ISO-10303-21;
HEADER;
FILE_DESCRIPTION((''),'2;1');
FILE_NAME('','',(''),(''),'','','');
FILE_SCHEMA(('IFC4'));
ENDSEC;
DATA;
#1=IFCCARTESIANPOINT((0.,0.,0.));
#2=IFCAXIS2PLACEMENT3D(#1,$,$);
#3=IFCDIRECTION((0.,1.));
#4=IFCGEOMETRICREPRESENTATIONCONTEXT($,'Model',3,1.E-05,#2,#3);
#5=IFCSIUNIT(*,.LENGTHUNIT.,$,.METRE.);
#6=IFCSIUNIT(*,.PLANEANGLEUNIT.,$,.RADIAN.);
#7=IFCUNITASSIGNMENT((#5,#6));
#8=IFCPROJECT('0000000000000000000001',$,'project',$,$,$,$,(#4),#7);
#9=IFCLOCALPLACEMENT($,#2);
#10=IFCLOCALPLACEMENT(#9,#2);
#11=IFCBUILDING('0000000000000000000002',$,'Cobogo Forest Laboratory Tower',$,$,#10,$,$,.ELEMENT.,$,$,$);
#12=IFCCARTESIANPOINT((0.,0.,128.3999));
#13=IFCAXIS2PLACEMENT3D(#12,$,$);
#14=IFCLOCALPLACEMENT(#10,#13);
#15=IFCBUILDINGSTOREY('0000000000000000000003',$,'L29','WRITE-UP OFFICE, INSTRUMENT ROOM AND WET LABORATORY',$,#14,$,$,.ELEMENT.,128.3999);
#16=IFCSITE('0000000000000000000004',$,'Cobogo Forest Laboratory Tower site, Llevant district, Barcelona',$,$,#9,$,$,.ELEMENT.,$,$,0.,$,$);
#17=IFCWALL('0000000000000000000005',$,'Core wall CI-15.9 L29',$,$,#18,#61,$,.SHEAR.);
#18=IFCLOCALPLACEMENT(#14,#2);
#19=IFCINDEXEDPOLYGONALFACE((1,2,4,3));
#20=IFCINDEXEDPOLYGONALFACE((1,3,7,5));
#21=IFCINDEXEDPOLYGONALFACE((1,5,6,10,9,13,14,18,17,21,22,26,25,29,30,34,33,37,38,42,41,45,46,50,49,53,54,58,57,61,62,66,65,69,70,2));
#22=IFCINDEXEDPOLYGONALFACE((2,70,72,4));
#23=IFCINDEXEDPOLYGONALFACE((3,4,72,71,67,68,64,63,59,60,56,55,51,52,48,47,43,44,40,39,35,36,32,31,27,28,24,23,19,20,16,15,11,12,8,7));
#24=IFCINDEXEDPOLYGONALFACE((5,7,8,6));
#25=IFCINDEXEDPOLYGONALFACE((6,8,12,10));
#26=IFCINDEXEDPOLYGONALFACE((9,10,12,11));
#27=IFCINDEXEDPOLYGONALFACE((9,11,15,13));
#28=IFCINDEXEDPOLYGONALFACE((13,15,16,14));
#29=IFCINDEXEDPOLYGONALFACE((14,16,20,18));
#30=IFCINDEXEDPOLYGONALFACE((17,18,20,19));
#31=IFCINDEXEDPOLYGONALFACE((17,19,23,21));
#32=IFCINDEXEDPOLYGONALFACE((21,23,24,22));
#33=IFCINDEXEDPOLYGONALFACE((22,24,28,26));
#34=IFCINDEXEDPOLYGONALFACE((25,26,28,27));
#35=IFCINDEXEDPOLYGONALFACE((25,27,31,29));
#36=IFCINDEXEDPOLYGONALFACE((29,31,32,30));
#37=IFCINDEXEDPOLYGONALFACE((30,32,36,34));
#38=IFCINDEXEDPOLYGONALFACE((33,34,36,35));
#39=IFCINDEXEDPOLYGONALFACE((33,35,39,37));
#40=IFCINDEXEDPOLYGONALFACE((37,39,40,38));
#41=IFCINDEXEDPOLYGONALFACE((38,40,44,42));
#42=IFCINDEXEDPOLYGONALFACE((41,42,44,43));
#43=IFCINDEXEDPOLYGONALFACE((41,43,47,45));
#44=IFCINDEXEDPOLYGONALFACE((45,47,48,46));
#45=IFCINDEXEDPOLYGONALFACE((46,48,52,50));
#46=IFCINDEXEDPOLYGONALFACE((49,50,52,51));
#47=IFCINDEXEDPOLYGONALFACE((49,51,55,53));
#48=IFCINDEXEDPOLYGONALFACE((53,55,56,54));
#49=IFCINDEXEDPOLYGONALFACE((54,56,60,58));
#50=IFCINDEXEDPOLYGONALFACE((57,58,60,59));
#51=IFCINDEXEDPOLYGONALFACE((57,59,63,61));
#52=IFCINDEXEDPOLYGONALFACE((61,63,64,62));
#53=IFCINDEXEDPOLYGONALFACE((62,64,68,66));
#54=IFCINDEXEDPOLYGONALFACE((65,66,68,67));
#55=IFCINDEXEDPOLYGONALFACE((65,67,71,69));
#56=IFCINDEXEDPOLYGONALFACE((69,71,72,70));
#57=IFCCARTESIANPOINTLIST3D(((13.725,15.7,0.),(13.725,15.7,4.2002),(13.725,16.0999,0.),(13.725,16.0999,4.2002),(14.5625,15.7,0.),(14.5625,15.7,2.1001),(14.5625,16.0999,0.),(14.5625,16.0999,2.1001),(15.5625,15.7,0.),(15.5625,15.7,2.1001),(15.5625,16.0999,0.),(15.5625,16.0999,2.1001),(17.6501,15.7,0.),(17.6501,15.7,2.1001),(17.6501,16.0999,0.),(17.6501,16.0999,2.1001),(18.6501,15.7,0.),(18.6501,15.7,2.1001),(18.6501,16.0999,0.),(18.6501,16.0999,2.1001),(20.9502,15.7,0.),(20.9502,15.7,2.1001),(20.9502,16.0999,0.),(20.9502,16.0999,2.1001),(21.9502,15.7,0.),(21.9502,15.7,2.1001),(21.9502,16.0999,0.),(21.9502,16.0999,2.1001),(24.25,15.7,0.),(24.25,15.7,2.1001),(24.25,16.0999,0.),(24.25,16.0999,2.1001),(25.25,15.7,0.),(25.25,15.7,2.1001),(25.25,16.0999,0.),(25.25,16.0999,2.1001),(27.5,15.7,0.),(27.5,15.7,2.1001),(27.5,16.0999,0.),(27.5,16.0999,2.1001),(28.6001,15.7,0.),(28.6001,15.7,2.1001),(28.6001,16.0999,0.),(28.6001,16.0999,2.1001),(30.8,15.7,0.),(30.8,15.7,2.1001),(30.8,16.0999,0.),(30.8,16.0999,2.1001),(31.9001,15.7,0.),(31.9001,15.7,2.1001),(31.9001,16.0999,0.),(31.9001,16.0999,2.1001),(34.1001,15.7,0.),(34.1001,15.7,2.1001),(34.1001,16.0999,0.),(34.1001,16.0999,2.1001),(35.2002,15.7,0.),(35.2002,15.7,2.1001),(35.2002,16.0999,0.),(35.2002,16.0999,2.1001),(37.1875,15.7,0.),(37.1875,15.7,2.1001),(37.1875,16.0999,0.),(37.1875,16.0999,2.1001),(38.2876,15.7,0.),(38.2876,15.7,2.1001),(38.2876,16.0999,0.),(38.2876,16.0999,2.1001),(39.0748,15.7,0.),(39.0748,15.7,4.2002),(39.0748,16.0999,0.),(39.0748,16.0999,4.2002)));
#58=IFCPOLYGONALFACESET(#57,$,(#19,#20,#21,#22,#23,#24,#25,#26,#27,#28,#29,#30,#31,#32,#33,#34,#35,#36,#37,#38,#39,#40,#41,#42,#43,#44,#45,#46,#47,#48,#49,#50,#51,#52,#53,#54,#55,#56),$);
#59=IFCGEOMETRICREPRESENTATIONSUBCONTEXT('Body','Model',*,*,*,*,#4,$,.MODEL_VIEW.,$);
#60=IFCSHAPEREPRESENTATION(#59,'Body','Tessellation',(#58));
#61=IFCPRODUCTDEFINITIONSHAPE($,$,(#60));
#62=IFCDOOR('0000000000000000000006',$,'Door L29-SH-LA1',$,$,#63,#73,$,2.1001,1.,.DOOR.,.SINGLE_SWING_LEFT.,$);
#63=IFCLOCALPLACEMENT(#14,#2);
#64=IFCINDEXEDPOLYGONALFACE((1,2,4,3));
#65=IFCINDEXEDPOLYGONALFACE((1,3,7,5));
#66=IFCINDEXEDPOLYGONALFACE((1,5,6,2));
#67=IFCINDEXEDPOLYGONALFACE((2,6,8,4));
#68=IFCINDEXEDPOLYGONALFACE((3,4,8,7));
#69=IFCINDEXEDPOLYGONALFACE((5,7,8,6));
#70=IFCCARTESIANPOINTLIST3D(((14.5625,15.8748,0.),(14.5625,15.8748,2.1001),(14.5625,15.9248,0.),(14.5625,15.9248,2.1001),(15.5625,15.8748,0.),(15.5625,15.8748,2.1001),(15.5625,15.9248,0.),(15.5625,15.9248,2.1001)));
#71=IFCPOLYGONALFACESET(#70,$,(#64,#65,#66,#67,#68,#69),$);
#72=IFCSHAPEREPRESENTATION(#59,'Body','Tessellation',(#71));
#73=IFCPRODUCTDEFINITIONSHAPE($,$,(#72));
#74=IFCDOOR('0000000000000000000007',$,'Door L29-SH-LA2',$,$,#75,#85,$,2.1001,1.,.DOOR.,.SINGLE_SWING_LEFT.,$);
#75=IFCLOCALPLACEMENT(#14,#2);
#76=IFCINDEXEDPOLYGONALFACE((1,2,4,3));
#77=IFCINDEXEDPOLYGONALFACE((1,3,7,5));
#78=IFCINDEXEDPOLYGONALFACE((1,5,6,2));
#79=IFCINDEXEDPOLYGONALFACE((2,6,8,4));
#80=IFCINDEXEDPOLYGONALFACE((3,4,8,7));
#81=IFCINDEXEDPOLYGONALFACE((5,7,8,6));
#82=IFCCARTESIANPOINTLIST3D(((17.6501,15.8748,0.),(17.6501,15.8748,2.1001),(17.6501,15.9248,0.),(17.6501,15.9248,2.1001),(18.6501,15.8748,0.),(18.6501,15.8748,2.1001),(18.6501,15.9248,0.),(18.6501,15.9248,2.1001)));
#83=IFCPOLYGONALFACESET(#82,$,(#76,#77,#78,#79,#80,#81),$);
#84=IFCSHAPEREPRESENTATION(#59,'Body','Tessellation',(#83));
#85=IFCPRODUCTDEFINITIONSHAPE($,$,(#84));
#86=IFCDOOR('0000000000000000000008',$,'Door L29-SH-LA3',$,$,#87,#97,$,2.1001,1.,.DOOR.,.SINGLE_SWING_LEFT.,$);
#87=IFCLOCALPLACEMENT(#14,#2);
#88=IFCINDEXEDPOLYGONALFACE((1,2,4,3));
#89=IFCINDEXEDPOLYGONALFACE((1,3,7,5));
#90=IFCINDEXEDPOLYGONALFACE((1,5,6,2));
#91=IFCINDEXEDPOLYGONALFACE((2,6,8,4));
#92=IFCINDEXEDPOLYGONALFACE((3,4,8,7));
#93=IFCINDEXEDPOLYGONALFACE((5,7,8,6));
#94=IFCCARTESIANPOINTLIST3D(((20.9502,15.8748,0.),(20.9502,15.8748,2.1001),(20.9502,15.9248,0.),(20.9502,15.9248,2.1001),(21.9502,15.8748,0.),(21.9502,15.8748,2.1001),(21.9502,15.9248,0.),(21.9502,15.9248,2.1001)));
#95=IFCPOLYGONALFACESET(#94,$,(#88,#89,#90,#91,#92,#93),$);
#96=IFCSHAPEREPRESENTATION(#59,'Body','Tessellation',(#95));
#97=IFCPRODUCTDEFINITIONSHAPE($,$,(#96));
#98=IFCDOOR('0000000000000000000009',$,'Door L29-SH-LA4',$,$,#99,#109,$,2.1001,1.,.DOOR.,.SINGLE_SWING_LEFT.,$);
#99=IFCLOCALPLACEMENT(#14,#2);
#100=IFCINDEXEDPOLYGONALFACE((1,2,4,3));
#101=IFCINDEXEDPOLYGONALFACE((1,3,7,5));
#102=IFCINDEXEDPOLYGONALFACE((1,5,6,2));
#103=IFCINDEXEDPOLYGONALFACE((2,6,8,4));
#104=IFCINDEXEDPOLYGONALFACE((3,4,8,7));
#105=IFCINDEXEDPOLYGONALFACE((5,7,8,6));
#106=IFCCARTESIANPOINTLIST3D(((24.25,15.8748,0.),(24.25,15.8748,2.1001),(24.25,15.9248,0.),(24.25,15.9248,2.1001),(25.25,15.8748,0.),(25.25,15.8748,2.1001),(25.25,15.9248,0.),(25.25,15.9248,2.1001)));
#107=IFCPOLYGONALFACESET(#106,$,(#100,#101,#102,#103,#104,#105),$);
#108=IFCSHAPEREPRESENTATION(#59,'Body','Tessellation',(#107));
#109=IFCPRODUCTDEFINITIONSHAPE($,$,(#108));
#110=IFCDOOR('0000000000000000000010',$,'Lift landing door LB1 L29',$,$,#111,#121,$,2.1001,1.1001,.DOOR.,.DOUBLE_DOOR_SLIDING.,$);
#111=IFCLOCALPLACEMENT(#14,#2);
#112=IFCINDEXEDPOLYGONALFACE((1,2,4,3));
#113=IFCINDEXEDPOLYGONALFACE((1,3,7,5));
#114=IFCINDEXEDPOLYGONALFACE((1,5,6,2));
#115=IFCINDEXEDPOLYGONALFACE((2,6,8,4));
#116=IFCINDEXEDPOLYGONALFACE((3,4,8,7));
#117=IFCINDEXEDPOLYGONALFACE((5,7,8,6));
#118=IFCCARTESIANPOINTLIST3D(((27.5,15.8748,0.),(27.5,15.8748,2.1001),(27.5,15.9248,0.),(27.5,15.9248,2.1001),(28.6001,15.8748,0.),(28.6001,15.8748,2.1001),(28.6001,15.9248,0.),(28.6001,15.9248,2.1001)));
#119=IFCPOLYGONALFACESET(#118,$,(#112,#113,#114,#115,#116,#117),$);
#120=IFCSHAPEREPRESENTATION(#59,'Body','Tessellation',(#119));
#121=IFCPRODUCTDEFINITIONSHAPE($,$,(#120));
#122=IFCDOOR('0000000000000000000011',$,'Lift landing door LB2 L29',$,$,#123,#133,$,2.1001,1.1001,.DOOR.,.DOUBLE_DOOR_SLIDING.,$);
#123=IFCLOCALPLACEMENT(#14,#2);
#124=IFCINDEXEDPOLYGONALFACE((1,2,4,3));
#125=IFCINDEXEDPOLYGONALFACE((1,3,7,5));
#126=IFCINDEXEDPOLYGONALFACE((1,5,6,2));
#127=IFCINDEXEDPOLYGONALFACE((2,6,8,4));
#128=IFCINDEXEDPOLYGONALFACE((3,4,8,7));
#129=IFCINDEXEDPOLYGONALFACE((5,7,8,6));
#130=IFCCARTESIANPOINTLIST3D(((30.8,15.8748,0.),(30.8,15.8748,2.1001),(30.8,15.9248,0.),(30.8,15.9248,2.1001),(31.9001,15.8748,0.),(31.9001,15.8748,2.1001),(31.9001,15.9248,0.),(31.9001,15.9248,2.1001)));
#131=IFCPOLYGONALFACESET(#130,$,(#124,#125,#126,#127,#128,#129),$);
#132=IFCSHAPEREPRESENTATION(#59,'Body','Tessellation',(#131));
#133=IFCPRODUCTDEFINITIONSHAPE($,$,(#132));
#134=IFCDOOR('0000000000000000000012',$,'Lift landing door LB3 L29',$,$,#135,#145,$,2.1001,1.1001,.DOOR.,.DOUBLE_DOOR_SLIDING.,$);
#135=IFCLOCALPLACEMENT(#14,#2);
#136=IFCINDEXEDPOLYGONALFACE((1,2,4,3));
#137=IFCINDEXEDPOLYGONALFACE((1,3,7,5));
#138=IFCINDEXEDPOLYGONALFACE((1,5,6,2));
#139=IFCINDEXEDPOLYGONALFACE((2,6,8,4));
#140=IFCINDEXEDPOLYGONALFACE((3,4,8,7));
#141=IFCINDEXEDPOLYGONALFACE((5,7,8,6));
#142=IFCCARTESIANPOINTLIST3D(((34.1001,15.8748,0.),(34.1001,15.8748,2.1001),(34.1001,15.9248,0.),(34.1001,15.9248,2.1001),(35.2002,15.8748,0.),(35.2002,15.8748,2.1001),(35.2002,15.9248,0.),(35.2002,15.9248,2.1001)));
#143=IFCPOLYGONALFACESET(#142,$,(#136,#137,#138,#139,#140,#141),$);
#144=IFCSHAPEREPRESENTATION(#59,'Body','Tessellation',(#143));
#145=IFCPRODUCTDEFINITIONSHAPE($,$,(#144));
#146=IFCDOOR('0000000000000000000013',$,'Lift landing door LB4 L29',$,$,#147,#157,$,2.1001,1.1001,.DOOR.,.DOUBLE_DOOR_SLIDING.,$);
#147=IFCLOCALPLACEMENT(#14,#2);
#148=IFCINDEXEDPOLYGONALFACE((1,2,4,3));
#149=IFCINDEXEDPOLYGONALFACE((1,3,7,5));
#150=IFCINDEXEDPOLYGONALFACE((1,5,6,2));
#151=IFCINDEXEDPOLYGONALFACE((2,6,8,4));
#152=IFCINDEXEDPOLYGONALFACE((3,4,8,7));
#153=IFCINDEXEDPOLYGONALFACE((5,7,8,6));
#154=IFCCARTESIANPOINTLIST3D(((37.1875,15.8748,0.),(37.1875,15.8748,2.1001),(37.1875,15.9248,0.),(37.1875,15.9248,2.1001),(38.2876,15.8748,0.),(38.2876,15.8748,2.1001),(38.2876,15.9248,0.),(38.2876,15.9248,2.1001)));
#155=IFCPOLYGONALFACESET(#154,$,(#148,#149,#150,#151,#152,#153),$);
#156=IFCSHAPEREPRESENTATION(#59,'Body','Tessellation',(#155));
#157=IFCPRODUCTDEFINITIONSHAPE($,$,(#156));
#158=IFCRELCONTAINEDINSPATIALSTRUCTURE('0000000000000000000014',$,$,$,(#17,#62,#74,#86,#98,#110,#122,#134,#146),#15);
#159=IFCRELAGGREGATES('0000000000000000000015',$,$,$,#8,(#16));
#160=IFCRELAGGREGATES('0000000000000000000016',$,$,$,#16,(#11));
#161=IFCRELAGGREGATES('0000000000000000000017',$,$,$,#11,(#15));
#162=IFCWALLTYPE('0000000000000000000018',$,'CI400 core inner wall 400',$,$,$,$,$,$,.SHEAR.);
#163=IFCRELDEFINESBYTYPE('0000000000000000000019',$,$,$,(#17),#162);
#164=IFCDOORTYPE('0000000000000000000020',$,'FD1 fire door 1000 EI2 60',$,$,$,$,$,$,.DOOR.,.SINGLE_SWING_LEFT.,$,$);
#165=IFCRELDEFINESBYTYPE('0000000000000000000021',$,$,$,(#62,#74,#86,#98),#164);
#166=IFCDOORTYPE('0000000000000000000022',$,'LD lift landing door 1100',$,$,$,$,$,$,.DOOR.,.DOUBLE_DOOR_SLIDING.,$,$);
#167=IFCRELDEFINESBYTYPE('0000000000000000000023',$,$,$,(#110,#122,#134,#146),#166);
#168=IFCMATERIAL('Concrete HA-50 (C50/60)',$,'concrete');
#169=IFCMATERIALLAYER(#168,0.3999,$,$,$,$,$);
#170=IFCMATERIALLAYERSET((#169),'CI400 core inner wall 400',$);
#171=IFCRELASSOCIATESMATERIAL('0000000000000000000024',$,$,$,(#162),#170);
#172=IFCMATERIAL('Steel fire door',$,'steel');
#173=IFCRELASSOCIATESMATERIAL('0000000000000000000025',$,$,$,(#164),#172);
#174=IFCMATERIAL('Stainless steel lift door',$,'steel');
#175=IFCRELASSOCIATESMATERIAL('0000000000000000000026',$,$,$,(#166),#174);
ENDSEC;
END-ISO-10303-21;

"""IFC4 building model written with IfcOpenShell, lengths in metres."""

from ifc_helpers import new_model, si_unit, direction, frame, frame_2d, origin, place, context, subcontext, project, spatial, rectangle, extrude, material, layer, layer_set, type_object, element, fill, save


model = new_model("IFC4")

# Units and contexts
model_context = context("Model", 3, precision=1e-05, world=origin(), true_north=direction((0.0, 1.0)))
body_context = subcontext(model_context, "Body", "Model", "MODEL_VIEW")
ifc_project = project(units=[si_unit("LENGTHUNIT", "METRE"), si_unit("PLANEANGLEUNIT", "RADIAN")], contexts=[model_context])

# Site, building, storey
site_placement = place(None, origin())
site = spatial("IfcSite", under=ifc_project, at=site_placement, Name="Cobogo Forest Laboratory Tower site, Llevant district, Barcelona", CompositionType="ELEMENT", RefElevation=0.0)
building_placement = place(site_placement, origin())
building = spatial("IfcBuilding", under=site, at=building_placement, Name="Cobogo Forest Laboratory Tower", CompositionType="ELEMENT")
storey_placement = place(building_placement, frame((0.0, 0.0, 128.3999)))
storey = spatial("IfcBuildingStorey", under=building, at=storey_placement, Name="L29", Description="WRITE-UP OFFICE, INSTRUMENT ROOM AND WET LABORATORY", CompositionType="ELEMENT", Elevation=128.3999)

# Wall, openings, doors
ifc_material_1 = material(Name="Concrete HA-50 (C50/60)", Category="concrete")
ifc_layer_1 = layer(ifc_material_1, 0.3999)
ifc_layer_set_1 = layer_set([ifc_layer_1], Name="CI400 core inner wall 400")
wall_type_1 = type_object("IfcWallType", Name="CI400 core inner wall 400", PredefinedType="SHEAR", material=ifc_layer_set_1)
wall_1_placement = place(storey_placement, frame((13.7251, 15.8999, 0.0), z_axis=(0.0, 0.0, 1.0), x_axis=(1.0, 0.0, 0.0)))
wall_1 = element("IfcWall", 1, at=wall_1_placement, inside=storey, type_object=wall_type_1, Name="Core wall CI-15.9 L29", PredefinedType="SHEAR", context=body_context, shape_type="SweptSolid", body=[
    extrude(rectangle(XDim=25.3499, YDim=0.3999, at=frame_2d((12.6748, 0.0))), origin(), (0.0, 0.0, 1.0), 4.2002),
])
opening_1_placement = place(wall_1_placement, frame((0.8374, 0.0, 0.0)))
opening_1 = element("IfcOpeningElement", 2, at=opening_1_placement, cuts=wall_1, PredefinedType="OPENING", context=body_context, shape_type="SweptSolid", body=[
    extrude(rectangle(XDim=1.0, YDim=2.1001, at=frame_2d((0.5, 1.05))), frame((0.0, 0.21, 0.0), z_axis=(0.0, -1.0, 0.0), x_axis=(1.0, 0.0, 0.0)), (0.0, 0.0, 1.0), 0.4199),
])
opening_2_placement = place(wall_1_placement, frame((3.925, 0.0, 0.0)))
opening_2 = element("IfcOpeningElement", 3, at=opening_2_placement, cuts=wall_1, PredefinedType="OPENING", context=body_context, shape_type="SweptSolid", body=[
    extrude(rectangle(XDim=1.0, YDim=2.1001, at=frame_2d((0.5, 1.05))), frame((0.0, 0.21, 0.0), z_axis=(0.0, -1.0, 0.0), x_axis=(1.0, 0.0, 0.0)), (0.0, 0.0, 1.0), 0.4199),
])
opening_3_placement = place(wall_1_placement, frame((7.2251, 0.0, 0.0)))
opening_3 = element("IfcOpeningElement", 4, at=opening_3_placement, cuts=wall_1, PredefinedType="OPENING", context=body_context, shape_type="SweptSolid", body=[
    extrude(rectangle(XDim=1.0, YDim=2.1001, at=frame_2d((0.5, 1.05))), frame((0.0, 0.21, 0.0), z_axis=(0.0, -1.0, 0.0), x_axis=(1.0, 0.0, 0.0)), (0.0, 0.0, 1.0), 0.4199),
])
opening_4_placement = place(wall_1_placement, frame((10.5249, 0.0, 0.0)))
opening_4 = element("IfcOpeningElement", 5, at=opening_4_placement, cuts=wall_1, PredefinedType="OPENING", context=body_context, shape_type="SweptSolid", body=[
    extrude(rectangle(XDim=1.0, YDim=2.1001, at=frame_2d((0.5, 1.05))), frame((0.0, 0.21, 0.0), z_axis=(0.0, -1.0, 0.0), x_axis=(1.0, 0.0, 0.0)), (0.0, 0.0, 1.0), 0.4199),
])
opening_5_placement = place(wall_1_placement, frame((13.7749, 0.0, 0.0)))
opening_5 = element("IfcOpeningElement", 6, at=opening_5_placement, cuts=wall_1, PredefinedType="OPENING", context=body_context, shape_type="SweptSolid", body=[
    extrude(rectangle(XDim=1.1001, YDim=2.1001, at=frame_2d((0.55, 1.05))), frame((0.0, 0.21, 0.0), z_axis=(0.0, -1.0, 0.0), x_axis=(1.0, 0.0, 0.0)), (0.0, 0.0, 1.0), 0.4199),
])
opening_6_placement = place(wall_1_placement, frame((17.075, 0.0, 0.0)))
opening_6 = element("IfcOpeningElement", 7, at=opening_6_placement, cuts=wall_1, PredefinedType="OPENING", context=body_context, shape_type="SweptSolid", body=[
    extrude(rectangle(XDim=1.1001, YDim=2.1001, at=frame_2d((0.55, 1.05))), frame((0.0, 0.21, 0.0), z_axis=(0.0, -1.0, 0.0), x_axis=(1.0, 0.0, 0.0)), (0.0, 0.0, 1.0), 0.4199),
])
opening_7_placement = place(wall_1_placement, frame((20.375, 0.0, 0.0)))
opening_7 = element("IfcOpeningElement", 8, at=opening_7_placement, cuts=wall_1, PredefinedType="OPENING", context=body_context, shape_type="SweptSolid", body=[
    extrude(rectangle(XDim=1.1001, YDim=2.1001, at=frame_2d((0.55, 1.05))), frame((0.0, 0.21, 0.0), z_axis=(0.0, -1.0, 0.0), x_axis=(1.0, 0.0, 0.0)), (0.0, 0.0, 1.0), 0.4199),
])
opening_8_placement = place(wall_1_placement, frame((23.4624, 0.0, 0.0)))
opening_8 = element("IfcOpeningElement", 9, at=opening_8_placement, cuts=wall_1, PredefinedType="OPENING", context=body_context, shape_type="SweptSolid", body=[
    extrude(rectangle(XDim=1.1001, YDim=2.1001, at=frame_2d((0.55, 1.05))), frame((0.0, 0.21, 0.0), z_axis=(0.0, -1.0, 0.0), x_axis=(1.0, 0.0, 0.0)), (0.0, 0.0, 1.0), 0.4199),
])
ifc_material_2 = material(Name="Steel fire door", Category="steel")
door_type_1 = type_object("IfcDoorType", Name="FD1 fire door 1000 EI2 60", OperationType="SINGLE_SWING_LEFT", PredefinedType="DOOR", material=ifc_material_2)
door_1_placement = place(opening_1_placement, origin())
door_1 = element("IfcDoor", 10, at=door_1_placement, inside=storey, type_object=door_type_1, Name="Door L29-SH-LA1", OperationType="SINGLE_SWING_LEFT", OverallHeight=2.1001, OverallWidth=1.0, PredefinedType="DOOR", context=body_context, shape_type="SweptSolid", body=[
    extrude(rectangle(XDim=1.0, YDim=2.1001, at=frame_2d((0.5, 1.05))), frame((0.0, 0.0249, 0.0), z_axis=(0.0, -1.0, 0.0), x_axis=(1.0, 0.0, 0.0)), (0.0, 0.0, 1.0), 0.05),
])
fill(opening_1, door_1)
door_2_placement = place(opening_2_placement, origin())
door_2 = element("IfcDoor", 11, at=door_2_placement, inside=storey, type_object=door_type_1, Name="Door L29-SH-LA2", OperationType="SINGLE_SWING_LEFT", OverallHeight=2.1001, OverallWidth=1.0, PredefinedType="DOOR", context=body_context, shape_type="SweptSolid", body=[
    extrude(rectangle(XDim=1.0, YDim=2.1001, at=frame_2d((0.5, 1.05))), frame((0.0, 0.0249, 0.0), z_axis=(0.0, -1.0, 0.0), x_axis=(1.0, 0.0, 0.0)), (0.0, 0.0, 1.0), 0.05),
])
fill(opening_2, door_2)
door_3_placement = place(opening_3_placement, origin())
door_3 = element("IfcDoor", 12, at=door_3_placement, inside=storey, type_object=door_type_1, Name="Door L29-SH-LA3", OperationType="SINGLE_SWING_LEFT", OverallHeight=2.1001, OverallWidth=1.0, PredefinedType="DOOR", context=body_context, shape_type="SweptSolid", body=[
    extrude(rectangle(XDim=1.0, YDim=2.1001, at=frame_2d((0.5, 1.05))), frame((0.0, 0.0249, 0.0), z_axis=(0.0, -1.0, 0.0), x_axis=(1.0, 0.0, 0.0)), (0.0, 0.0, 1.0), 0.05),
])
fill(opening_3, door_3)
door_4_placement = place(opening_4_placement, origin())
door_4 = element("IfcDoor", 13, at=door_4_placement, inside=storey, type_object=door_type_1, Name="Door L29-SH-LA4", OperationType="SINGLE_SWING_LEFT", OverallHeight=2.1001, OverallWidth=1.0, PredefinedType="DOOR", context=body_context, shape_type="SweptSolid", body=[
    extrude(rectangle(XDim=1.0, YDim=2.1001, at=frame_2d((0.5, 1.05))), frame((0.0, 0.0249, 0.0), z_axis=(0.0, -1.0, 0.0), x_axis=(1.0, 0.0, 0.0)), (0.0, 0.0, 1.0), 0.05),
])
fill(opening_4, door_4)
ifc_material_3 = material(Name="Stainless steel lift door", Category="steel")
door_type_2 = type_object("IfcDoorType", Name="LD lift landing door 1100", OperationType="DOUBLE_DOOR_SLIDING", PredefinedType="DOOR", material=ifc_material_3)
door_5_placement = place(opening_5_placement, origin())
door_5 = element("IfcDoor", 14, at=door_5_placement, inside=storey, type_object=door_type_2, Name="Lift landing door LB1 L29", OperationType="DOUBLE_DOOR_SLIDING", OverallHeight=2.1001, OverallWidth=1.1001, PredefinedType="DOOR", context=body_context, shape_type="SweptSolid", body=[
    extrude(rectangle(XDim=1.1001, YDim=2.1001, at=frame_2d((0.55, 1.05))), frame((0.0, 0.0249, 0.0), z_axis=(0.0, -1.0, 0.0), x_axis=(1.0, 0.0, 0.0)), (0.0, 0.0, 1.0), 0.05),
])
fill(opening_5, door_5)
door_6_placement = place(opening_6_placement, origin())
door_6 = element("IfcDoor", 15, at=door_6_placement, inside=storey, type_object=door_type_2, Name="Lift landing door LB2 L29", OperationType="DOUBLE_DOOR_SLIDING", OverallHeight=2.1001, OverallWidth=1.1001, PredefinedType="DOOR", context=body_context, shape_type="SweptSolid", body=[
    extrude(rectangle(XDim=1.1001, YDim=2.1001, at=frame_2d((0.55, 1.05))), frame((0.0, 0.0249, 0.0), z_axis=(0.0, -1.0, 0.0), x_axis=(1.0, 0.0, 0.0)), (0.0, 0.0, 1.0), 0.05),
])
fill(opening_6, door_6)
door_7_placement = place(opening_7_placement, origin())
door_7 = element("IfcDoor", 16, at=door_7_placement, inside=storey, type_object=door_type_2, Name="Lift landing door LB3 L29", OperationType="DOUBLE_DOOR_SLIDING", OverallHeight=2.1001, OverallWidth=1.1001, PredefinedType="DOOR", context=body_context, shape_type="SweptSolid", body=[
    extrude(rectangle(XDim=1.1001, YDim=2.1001, at=frame_2d((0.55, 1.05))), frame((0.0, 0.0249, 0.0), z_axis=(0.0, -1.0, 0.0), x_axis=(1.0, 0.0, 0.0)), (0.0, 0.0, 1.0), 0.05),
])
fill(opening_7, door_7)
door_8_placement = place(opening_8_placement, origin())
door_8 = element("IfcDoor", 17, at=door_8_placement, inside=storey, type_object=door_type_2, Name="Lift landing door LB4 L29", OperationType="DOUBLE_DOOR_SLIDING", OverallHeight=2.1001, OverallWidth=1.1001, PredefinedType="DOOR", context=body_context, shape_type="SweptSolid", body=[
    extrude(rectangle(XDim=1.1001, YDim=2.1001, at=frame_2d((0.55, 1.05))), frame((0.0, 0.0249, 0.0), z_axis=(0.0, -1.0, 0.0), x_axis=(1.0, 0.0, 0.0)), (0.0, 0.0, 1.0), 0.05),
])
fill(opening_8, door_8)

save(model, "model.ifc")
